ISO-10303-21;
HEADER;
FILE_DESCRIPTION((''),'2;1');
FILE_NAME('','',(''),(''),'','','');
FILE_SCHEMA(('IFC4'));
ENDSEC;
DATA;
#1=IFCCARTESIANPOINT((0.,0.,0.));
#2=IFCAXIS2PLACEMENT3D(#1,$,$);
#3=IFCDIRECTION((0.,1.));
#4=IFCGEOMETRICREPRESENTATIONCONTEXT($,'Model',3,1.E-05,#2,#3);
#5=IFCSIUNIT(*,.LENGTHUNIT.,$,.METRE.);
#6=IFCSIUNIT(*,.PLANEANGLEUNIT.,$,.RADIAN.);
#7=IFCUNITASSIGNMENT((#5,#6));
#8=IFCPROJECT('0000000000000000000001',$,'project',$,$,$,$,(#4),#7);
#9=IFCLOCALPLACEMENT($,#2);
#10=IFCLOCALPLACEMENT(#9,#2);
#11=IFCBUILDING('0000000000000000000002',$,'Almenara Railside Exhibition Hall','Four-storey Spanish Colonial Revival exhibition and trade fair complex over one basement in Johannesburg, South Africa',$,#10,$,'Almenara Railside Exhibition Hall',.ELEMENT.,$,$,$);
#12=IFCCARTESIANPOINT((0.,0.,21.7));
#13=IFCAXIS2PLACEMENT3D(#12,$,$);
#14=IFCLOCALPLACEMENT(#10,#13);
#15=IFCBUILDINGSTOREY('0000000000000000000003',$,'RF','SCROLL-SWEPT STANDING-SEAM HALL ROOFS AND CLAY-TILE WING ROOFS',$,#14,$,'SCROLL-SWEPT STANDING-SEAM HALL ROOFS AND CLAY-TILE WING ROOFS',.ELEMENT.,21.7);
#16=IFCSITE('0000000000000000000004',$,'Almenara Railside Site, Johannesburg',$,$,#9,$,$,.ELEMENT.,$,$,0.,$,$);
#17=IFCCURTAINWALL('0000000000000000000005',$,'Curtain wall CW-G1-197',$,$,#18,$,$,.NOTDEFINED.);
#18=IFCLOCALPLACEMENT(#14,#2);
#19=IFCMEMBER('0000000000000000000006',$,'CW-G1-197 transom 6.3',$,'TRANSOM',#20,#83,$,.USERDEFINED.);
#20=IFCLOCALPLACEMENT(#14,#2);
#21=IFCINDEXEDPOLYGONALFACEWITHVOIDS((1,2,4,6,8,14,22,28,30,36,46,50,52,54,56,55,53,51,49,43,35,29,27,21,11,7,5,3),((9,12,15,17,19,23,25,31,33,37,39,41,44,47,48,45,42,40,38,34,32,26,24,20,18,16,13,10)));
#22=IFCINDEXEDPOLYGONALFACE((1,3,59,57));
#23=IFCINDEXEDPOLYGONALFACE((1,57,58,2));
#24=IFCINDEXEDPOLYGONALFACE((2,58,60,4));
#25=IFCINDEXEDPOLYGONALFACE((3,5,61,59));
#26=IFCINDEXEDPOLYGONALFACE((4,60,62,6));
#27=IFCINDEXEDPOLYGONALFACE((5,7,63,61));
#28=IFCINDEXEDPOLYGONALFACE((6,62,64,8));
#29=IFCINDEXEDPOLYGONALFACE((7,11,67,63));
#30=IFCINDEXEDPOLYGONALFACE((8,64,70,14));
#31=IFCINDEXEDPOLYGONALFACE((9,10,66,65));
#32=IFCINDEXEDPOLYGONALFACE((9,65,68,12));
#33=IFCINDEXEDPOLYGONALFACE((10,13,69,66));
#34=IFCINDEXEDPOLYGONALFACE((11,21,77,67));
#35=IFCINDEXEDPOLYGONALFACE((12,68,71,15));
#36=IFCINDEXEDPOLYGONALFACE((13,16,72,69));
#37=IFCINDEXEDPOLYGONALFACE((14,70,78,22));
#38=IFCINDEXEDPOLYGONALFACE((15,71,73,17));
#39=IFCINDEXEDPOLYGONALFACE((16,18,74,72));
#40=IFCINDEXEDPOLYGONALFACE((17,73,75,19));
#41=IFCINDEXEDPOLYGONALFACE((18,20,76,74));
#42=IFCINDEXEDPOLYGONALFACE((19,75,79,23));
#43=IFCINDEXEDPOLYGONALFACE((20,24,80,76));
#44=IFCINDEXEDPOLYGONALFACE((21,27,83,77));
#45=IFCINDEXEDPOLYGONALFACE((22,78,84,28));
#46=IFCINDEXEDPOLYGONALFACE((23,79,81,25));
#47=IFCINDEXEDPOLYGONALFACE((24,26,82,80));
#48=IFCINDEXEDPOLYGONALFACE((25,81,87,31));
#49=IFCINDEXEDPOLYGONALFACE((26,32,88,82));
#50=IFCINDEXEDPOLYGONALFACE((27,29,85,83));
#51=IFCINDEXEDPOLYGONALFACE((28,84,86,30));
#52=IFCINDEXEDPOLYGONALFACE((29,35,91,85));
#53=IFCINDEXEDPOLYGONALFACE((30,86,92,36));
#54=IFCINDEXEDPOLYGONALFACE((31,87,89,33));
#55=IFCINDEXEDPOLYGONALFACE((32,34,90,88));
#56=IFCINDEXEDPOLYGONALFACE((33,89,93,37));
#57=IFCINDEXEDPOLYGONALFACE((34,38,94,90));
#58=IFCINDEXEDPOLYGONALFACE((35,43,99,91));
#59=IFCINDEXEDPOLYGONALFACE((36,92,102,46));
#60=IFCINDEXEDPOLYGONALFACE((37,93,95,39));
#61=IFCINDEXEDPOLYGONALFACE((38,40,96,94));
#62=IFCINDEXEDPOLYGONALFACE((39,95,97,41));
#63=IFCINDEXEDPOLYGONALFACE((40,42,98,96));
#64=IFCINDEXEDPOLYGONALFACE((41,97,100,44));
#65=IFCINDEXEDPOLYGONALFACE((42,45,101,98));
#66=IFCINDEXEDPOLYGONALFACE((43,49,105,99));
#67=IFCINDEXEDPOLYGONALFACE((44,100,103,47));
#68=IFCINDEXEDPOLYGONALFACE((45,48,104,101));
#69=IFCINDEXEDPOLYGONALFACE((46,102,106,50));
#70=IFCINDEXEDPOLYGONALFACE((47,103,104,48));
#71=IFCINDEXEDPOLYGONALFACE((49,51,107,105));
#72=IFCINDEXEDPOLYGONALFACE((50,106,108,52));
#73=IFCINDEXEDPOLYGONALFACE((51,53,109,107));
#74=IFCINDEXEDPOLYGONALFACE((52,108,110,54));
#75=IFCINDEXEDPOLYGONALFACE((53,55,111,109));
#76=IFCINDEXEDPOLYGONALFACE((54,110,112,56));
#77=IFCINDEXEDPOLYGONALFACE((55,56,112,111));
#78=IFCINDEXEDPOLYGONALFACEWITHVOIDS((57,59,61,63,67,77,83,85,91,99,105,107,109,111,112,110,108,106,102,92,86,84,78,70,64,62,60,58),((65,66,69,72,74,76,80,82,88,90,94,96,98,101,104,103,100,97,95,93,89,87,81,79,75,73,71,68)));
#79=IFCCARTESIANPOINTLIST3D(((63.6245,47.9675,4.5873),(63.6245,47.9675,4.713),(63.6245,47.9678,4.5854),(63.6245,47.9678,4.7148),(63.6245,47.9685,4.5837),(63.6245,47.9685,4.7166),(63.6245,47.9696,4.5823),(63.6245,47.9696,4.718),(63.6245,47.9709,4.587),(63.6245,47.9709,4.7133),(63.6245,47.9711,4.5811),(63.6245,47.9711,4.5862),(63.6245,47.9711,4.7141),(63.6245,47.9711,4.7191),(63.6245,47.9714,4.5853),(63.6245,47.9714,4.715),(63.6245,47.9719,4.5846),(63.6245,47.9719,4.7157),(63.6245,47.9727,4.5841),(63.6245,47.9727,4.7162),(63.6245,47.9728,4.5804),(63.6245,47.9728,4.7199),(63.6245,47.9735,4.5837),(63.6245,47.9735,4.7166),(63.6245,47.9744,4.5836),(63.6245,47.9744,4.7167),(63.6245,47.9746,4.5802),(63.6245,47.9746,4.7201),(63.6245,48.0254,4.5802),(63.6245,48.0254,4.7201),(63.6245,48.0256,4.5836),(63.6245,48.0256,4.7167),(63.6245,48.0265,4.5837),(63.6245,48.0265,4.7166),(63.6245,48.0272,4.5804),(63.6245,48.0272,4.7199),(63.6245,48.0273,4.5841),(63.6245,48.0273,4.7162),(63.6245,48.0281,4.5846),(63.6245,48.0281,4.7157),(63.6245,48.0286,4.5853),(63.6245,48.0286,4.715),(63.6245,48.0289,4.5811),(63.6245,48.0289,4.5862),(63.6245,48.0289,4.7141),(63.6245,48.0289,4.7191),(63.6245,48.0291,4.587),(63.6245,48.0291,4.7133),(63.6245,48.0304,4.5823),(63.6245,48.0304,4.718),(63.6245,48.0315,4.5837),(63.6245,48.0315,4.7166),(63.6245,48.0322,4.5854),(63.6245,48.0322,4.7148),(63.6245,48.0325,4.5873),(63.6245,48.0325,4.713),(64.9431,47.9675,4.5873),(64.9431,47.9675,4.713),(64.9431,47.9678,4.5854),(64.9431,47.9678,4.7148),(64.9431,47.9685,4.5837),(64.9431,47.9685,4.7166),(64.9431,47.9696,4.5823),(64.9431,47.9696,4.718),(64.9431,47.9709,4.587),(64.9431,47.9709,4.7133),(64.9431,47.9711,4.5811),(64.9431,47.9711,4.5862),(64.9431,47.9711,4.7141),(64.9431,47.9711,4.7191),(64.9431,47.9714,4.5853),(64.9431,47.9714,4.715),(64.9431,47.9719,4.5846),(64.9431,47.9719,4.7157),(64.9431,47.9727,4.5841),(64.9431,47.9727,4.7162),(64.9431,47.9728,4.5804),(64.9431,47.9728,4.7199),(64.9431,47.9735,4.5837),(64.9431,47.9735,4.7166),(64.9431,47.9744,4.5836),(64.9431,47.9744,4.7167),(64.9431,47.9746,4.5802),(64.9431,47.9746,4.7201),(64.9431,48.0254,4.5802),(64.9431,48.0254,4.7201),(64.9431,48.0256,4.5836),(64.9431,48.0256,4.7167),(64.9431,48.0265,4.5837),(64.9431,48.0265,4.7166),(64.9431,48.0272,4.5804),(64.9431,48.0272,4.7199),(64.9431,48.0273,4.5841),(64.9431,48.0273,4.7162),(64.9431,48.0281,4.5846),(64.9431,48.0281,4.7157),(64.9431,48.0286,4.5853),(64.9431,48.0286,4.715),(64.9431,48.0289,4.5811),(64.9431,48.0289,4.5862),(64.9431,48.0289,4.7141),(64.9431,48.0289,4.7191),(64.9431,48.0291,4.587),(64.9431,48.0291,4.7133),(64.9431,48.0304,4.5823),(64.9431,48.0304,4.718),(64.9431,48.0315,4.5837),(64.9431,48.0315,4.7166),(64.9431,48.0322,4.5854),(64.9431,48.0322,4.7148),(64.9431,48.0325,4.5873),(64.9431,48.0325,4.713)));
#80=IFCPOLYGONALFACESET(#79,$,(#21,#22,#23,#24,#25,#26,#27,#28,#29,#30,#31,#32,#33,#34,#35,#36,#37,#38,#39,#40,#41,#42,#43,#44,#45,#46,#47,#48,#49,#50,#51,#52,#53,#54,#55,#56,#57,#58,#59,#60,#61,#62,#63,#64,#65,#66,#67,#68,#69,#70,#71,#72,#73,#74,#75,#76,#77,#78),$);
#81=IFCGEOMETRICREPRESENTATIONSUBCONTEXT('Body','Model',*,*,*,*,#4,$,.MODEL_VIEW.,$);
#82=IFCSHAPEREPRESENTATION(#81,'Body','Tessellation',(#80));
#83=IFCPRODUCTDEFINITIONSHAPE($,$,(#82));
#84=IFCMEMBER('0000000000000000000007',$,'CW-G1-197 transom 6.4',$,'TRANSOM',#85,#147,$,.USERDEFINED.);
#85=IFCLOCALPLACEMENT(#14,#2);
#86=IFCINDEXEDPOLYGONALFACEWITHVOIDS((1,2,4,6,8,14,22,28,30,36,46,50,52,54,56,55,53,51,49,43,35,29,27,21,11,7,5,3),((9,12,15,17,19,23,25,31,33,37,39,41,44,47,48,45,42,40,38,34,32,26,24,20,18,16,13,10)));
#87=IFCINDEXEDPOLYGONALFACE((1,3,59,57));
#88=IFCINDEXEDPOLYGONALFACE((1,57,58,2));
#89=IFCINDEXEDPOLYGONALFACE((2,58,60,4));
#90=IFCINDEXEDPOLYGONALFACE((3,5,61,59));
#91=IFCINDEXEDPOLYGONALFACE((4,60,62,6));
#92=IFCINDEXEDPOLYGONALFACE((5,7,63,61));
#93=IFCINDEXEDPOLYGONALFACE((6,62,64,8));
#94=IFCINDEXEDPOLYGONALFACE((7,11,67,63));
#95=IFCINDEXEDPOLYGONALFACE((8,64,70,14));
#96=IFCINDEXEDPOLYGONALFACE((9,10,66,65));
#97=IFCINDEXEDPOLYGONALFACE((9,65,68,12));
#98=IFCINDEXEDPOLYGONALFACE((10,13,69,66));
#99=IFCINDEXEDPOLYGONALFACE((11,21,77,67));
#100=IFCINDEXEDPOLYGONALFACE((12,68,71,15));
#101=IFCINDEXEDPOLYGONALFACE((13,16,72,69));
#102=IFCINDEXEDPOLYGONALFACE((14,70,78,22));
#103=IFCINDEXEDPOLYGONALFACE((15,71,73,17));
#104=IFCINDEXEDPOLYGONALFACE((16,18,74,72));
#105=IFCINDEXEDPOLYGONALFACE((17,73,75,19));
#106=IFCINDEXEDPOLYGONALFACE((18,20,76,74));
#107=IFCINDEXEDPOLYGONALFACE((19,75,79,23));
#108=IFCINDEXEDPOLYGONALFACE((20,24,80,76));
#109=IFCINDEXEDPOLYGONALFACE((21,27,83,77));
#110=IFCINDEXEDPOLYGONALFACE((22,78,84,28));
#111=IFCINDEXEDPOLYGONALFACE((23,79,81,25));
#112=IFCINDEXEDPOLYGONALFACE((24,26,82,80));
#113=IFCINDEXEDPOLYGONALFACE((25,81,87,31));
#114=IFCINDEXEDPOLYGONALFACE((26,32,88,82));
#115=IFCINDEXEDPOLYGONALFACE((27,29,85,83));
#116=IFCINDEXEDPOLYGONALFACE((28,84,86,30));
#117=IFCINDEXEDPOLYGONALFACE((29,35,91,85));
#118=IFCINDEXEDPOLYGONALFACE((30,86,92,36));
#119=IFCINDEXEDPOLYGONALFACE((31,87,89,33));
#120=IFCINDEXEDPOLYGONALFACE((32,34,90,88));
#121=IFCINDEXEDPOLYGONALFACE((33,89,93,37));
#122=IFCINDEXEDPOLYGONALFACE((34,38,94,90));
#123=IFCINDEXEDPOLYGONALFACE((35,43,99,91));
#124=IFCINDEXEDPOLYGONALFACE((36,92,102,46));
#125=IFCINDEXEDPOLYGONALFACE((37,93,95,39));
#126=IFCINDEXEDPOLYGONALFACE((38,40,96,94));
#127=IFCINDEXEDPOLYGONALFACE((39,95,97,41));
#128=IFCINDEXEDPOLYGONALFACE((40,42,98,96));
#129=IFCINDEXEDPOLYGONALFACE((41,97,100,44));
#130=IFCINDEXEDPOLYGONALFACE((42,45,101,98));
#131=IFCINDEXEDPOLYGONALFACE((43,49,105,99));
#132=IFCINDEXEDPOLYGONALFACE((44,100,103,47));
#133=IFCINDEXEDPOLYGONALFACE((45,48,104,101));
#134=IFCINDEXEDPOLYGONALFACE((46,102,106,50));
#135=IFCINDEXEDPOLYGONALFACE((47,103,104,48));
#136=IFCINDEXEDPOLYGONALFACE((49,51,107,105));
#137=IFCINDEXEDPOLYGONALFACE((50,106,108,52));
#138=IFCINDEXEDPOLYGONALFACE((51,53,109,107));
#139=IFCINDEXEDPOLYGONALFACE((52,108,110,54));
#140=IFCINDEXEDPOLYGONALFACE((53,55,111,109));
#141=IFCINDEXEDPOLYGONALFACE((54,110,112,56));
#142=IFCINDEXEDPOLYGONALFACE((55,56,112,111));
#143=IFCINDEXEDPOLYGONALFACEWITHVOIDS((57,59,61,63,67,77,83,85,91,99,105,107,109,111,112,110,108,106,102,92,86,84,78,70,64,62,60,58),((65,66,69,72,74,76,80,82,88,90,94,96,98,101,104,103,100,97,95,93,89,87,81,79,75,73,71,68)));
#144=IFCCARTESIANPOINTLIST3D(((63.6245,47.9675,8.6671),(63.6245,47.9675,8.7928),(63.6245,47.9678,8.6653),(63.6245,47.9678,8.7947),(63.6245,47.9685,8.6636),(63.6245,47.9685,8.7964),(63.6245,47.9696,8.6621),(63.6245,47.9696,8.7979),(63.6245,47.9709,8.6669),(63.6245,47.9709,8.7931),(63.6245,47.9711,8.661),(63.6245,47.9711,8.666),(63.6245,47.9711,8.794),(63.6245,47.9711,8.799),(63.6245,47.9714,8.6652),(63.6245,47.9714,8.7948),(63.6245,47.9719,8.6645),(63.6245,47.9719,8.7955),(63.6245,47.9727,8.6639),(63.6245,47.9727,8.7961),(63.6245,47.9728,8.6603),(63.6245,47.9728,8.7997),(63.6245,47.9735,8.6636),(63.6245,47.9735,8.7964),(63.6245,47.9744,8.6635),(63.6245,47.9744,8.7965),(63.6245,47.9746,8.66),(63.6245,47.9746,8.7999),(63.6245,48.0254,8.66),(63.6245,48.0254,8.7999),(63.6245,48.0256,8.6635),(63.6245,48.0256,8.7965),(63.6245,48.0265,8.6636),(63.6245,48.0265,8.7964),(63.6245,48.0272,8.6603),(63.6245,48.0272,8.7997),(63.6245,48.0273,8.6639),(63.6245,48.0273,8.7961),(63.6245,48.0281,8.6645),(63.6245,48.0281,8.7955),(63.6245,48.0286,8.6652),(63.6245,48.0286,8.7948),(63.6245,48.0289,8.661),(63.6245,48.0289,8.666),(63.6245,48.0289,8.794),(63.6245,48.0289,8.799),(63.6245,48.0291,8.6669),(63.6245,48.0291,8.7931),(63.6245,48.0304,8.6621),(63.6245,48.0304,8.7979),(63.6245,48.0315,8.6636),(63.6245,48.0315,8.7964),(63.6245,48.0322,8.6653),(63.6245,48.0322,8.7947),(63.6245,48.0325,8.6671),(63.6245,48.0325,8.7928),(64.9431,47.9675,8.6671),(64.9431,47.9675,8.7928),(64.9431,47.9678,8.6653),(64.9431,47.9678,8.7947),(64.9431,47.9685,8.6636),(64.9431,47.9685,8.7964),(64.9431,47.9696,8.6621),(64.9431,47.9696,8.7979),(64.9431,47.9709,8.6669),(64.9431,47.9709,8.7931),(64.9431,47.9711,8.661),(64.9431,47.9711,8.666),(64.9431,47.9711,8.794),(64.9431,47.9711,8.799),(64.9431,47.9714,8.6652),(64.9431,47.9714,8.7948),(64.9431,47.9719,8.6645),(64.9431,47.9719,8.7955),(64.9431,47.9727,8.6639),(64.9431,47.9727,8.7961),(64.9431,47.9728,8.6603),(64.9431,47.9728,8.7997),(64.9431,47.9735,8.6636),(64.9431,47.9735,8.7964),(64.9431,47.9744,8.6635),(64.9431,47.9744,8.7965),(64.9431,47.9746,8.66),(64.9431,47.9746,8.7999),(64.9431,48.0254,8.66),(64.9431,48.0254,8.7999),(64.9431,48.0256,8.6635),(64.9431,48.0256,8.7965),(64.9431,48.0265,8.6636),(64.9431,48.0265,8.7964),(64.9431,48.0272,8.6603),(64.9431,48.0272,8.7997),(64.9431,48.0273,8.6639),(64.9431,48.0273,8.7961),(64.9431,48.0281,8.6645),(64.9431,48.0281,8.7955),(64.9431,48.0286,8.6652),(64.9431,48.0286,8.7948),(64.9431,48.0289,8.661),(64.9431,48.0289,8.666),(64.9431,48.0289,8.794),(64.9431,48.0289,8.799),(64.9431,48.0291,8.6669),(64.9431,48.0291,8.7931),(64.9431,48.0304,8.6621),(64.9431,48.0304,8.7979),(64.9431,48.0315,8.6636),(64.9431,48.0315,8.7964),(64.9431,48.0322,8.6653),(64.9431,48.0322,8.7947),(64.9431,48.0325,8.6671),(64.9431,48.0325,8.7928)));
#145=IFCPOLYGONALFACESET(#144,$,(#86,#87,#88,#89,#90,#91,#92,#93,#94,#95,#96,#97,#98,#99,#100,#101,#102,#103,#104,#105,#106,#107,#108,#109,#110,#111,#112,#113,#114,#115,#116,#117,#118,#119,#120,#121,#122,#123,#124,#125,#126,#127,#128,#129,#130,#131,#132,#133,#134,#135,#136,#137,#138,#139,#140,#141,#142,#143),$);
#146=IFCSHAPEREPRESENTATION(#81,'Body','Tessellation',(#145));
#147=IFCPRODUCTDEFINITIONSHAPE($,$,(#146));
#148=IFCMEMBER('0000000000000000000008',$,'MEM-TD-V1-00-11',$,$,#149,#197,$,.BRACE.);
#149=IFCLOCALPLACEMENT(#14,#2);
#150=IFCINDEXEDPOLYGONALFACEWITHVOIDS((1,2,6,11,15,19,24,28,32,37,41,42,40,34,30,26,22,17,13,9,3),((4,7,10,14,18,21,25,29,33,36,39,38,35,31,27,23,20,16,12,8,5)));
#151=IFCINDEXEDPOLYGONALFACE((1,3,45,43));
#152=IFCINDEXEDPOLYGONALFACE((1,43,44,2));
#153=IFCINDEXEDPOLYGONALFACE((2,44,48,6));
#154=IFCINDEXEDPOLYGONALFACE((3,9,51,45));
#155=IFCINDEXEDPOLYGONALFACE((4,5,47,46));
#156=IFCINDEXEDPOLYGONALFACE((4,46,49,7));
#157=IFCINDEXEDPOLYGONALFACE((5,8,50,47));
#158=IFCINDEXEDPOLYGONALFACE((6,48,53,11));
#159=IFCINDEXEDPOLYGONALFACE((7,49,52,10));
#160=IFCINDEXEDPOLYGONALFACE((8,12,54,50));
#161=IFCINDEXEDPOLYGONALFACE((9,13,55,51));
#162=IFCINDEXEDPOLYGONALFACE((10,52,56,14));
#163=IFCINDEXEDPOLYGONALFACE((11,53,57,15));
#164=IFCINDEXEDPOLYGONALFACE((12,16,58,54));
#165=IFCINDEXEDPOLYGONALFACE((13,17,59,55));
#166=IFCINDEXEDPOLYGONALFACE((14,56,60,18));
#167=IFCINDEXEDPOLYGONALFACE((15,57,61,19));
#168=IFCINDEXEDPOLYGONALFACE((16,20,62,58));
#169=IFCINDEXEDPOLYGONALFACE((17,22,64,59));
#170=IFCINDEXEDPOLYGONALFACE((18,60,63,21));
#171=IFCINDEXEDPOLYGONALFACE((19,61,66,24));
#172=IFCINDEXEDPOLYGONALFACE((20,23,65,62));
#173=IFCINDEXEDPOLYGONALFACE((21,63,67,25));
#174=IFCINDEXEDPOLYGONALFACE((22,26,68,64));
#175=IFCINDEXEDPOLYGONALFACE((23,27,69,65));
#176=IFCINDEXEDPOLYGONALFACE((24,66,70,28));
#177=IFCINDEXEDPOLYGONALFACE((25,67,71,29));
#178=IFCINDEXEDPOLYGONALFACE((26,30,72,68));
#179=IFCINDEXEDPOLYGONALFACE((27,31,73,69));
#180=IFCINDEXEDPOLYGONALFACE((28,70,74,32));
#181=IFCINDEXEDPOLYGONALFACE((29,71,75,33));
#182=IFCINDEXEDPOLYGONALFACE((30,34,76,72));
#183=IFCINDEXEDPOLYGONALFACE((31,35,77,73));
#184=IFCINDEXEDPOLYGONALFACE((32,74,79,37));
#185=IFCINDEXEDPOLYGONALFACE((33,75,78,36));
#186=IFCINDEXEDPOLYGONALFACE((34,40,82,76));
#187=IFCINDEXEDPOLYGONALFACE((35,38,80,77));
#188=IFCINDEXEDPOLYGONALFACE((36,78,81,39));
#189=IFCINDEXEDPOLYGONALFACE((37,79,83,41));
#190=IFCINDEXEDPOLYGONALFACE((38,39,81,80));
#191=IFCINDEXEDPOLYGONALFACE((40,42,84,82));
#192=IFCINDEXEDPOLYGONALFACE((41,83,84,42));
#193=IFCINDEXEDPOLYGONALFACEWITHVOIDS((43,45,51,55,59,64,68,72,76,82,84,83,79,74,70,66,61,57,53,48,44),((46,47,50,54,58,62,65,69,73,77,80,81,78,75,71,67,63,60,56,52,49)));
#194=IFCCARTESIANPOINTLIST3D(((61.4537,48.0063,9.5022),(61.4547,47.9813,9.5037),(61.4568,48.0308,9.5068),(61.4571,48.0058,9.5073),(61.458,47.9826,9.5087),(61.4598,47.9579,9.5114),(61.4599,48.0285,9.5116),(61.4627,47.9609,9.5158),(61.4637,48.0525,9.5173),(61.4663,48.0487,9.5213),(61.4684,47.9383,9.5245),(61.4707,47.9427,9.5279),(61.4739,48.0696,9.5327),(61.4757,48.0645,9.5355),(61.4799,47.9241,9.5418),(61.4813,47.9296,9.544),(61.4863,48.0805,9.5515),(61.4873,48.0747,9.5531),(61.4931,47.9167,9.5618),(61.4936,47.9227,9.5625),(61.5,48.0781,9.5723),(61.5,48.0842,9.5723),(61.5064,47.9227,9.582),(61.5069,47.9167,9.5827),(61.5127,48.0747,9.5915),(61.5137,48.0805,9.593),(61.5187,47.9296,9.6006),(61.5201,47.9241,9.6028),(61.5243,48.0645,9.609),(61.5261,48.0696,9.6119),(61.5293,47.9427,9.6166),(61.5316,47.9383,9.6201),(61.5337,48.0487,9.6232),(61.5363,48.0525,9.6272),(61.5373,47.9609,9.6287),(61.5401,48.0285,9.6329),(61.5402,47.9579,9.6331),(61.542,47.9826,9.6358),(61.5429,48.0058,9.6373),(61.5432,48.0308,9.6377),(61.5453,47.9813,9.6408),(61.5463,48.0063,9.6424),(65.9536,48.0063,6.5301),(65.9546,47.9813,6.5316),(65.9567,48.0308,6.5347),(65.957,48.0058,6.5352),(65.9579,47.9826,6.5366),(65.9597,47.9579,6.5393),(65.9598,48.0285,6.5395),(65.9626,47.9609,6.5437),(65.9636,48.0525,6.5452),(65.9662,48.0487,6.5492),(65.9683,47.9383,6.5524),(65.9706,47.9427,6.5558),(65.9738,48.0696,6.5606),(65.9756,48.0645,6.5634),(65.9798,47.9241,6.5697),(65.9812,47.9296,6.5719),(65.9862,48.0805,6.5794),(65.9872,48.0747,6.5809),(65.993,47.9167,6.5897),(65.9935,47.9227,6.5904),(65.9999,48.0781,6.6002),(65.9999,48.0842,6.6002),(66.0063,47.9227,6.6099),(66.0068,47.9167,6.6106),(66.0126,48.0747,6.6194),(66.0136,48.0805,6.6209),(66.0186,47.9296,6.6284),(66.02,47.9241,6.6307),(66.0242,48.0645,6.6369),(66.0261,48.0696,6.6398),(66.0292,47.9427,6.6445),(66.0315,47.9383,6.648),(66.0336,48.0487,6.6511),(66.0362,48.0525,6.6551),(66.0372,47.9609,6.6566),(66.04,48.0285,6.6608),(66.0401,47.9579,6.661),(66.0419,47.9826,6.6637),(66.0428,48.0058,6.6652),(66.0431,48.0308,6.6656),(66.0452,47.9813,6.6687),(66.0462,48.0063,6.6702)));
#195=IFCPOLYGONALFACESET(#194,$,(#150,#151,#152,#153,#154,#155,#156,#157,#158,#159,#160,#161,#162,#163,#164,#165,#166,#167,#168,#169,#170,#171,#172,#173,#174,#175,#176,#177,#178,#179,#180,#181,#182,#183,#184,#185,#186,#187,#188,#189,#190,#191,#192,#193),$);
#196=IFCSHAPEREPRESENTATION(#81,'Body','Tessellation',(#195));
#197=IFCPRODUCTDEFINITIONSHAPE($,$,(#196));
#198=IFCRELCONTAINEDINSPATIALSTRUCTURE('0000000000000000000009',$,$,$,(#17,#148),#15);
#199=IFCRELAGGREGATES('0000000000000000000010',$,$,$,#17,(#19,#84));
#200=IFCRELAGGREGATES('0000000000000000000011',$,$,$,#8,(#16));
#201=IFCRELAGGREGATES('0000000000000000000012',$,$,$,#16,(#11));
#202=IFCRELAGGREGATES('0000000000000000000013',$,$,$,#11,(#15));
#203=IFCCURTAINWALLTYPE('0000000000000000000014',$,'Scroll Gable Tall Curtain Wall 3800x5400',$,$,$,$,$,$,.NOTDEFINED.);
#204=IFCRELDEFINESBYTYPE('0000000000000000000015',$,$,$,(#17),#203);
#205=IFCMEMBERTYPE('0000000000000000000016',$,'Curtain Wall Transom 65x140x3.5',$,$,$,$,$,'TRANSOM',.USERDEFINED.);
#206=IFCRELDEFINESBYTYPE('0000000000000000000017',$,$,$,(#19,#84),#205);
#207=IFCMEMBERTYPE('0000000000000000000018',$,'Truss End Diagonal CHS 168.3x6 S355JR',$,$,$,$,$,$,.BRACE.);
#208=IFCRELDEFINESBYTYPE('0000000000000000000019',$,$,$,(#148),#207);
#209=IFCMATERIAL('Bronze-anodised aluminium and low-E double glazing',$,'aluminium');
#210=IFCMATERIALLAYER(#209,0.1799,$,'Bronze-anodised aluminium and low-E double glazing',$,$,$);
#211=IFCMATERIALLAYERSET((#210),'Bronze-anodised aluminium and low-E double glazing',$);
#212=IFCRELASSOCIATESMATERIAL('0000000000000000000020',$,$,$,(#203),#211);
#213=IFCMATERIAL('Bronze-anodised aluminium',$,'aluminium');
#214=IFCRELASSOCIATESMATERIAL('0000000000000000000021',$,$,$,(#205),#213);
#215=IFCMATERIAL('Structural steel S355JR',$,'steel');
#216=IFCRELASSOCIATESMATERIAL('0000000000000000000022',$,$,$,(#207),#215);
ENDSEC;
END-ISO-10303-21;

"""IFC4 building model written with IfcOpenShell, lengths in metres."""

from ifc_helpers import new_model, si_unit, direction, frame, origin, origin_2d, place, context, subcontext, project, spatial, hollow_rectangle, hollow_circle, extrude, material, layer, layer_set, material_profile, profile_set, type_object, element, aggregate, save


model = new_model("IFC4")

# Units and contexts
model_context = context("Model", 3, precision=1e-05, world=origin(), true_north=direction((0.0, 1.0)))
body_context = subcontext(model_context, "Body", "Model", "MODEL_VIEW")
ifc_project = project(units=[si_unit("LENGTHUNIT", "METRE"), si_unit("PLANEANGLEUNIT", "RADIAN")], contexts=[model_context])

# Site, building, storey
site_placement = place(None, origin())
site = spatial("IfcSite", under=ifc_project, at=site_placement, Name="Almenara Railside Site, Johannesburg", CompositionType="ELEMENT", RefElevation=0.0)
building_placement = place(site_placement, origin())
building = spatial("IfcBuilding", under=site, at=building_placement, Name="Almenara Railside Exhibition Hall", Description="Four-storey Spanish Colonial Revival exhibition and trade fair complex over one basement in Johannesburg, South Africa", LongName="Almenara Railside Exhibition Hall", CompositionType="ELEMENT")
storey_placement = place(building_placement, frame((0.0, 0.0, 21.7)))
storey = spatial("IfcBuildingStorey", under=building, at=storey_placement, Name="RF", Description="SCROLL-SWEPT STANDING-SEAM HALL ROOFS AND CLAY-TILE WING ROOFS", LongName="SCROLL-SWEPT STANDING-SEAM HALL ROOFS AND CLAY-TILE WING ROOFS", CompositionType="ELEMENT", Elevation=21.7)

# Shared definitions
ifc_material_1 = material(Name="Structural steel S355JR", Category="steel")

# Curtain wall, members
ifc_material_2 = material(Name="Bronze-anodised aluminium and low-E double glazing", Category="aluminium")
ifc_layer_1 = layer(ifc_material_2, 0.1799, Name="Bronze-anodised aluminium and low-E double glazing")
ifc_layer_set_1 = layer_set([ifc_layer_1], Name="Bronze-anodised aluminium and low-E double glazing")
curtain_wall_type = type_object("IfcCurtainWallType", Name="Scroll Gable Tall Curtain Wall 3800x5400", PredefinedType="NOTDEFINED", material=ifc_layer_set_1)
curtain_wall_placement = place(storey_placement, origin())
curtain_wall = element("IfcCurtainWall", 1, at=curtain_wall_placement, inside=storey, type_object=curtain_wall_type, Name="Curtain wall CW-G1-197", PredefinedType="NOTDEFINED")
ifc_material_3 = material(Name="Bronze-anodised aluminium", Category="aluminium")
ifc_material_profile_1 = material_profile(ifc_material_3, hollow_rectangle(XDim=0.0649, YDim=0.1399, WallThickness=0.0034, InnerFilletRadius=0.0034, OuterFilletRadius=0.0071, at=origin_2d()), Name="ALU-TRN 65x140x3.5")
ifc_profile_set_1 = profile_set([ifc_material_profile_1], Name="Bronze-anodised aluminium")
member_type_1 = type_object("IfcMemberType", Name="Curtain Wall Transom 65x140x3.5", ElementType="TRANSOM", PredefinedType="USERDEFINED", material=ifc_profile_set_1)
member_1_placement = place(storey_placement, frame((63.6245, 48.0, 4.6501), z_axis=(1.0, 0.0, 0.0), x_axis=(0.0, 1.0, 0.0)))
member_1 = element("IfcMember", 2, at=member_1_placement, type_object=member_type_1, Name="CW-G1-197 transom 6.3", ObjectType="TRANSOM", PredefinedType="USERDEFINED", context=body_context, shape_type="SweptSolid", body=[
    extrude(hollow_rectangle(XDim=0.0649, YDim=0.1399, WallThickness=0.0034, InnerFilletRadius=0.0034, OuterFilletRadius=0.0071, at=origin_2d()), origin(), (0.0, 0.0, 1.0), 1.3186),
])
member_2_placement = place(storey_placement, frame((63.6245, 48.0, 8.73), z_axis=(1.0, 0.0, 0.0), x_axis=(0.0, 1.0, 0.0)))
member_2 = element("IfcMember", 3, at=member_2_placement, type_object=member_type_1, Name="CW-G1-197 transom 6.4", ObjectType="TRANSOM", PredefinedType="USERDEFINED", context=body_context, shape_type="SweptSolid", body=[
    extrude(hollow_rectangle(XDim=0.0649, YDim=0.1399, WallThickness=0.0034, InnerFilletRadius=0.0034, OuterFilletRadius=0.0071, at=origin_2d()), origin(), (0.0, 0.0, 1.0), 1.3186),
])

# Member
ifc_material_profile_2 = material_profile(ifc_material_1, hollow_circle(Radius=0.0842, WallThickness=0.0061, at=origin_2d()), Name="CHS 168.3x6")
ifc_profile_set_2 = profile_set([ifc_material_profile_2], Name="Structural steel S355JR")
member_type_2 = type_object("IfcMemberType", Name="Truss End Diagonal CHS 168.3x6 S355JR", PredefinedType="BRACE", material=ifc_profile_set_2)
member_3_placement = place(storey_placement, frame((61.5, 48.0, 9.5723), z_axis=(0.834425, 0.0, -0.551122), x_axis=(0.0, 1.0, 0.0)))
element("IfcMember", 4, at=member_3_placement, inside=storey, type_object=member_type_2, Name="MEM-TD-V1-00-11", PredefinedType="BRACE", context=body_context, shape_type="SweptSolid", body=[
    extrude(hollow_circle(Radius=0.0842, WallThickness=0.0061, at=origin_2d()), origin(), (0.0, 0.0, 1.0), 5.3928),
])

aggregate(curtain_wall, [member_1, member_2])

save(model, "model.ifc")
